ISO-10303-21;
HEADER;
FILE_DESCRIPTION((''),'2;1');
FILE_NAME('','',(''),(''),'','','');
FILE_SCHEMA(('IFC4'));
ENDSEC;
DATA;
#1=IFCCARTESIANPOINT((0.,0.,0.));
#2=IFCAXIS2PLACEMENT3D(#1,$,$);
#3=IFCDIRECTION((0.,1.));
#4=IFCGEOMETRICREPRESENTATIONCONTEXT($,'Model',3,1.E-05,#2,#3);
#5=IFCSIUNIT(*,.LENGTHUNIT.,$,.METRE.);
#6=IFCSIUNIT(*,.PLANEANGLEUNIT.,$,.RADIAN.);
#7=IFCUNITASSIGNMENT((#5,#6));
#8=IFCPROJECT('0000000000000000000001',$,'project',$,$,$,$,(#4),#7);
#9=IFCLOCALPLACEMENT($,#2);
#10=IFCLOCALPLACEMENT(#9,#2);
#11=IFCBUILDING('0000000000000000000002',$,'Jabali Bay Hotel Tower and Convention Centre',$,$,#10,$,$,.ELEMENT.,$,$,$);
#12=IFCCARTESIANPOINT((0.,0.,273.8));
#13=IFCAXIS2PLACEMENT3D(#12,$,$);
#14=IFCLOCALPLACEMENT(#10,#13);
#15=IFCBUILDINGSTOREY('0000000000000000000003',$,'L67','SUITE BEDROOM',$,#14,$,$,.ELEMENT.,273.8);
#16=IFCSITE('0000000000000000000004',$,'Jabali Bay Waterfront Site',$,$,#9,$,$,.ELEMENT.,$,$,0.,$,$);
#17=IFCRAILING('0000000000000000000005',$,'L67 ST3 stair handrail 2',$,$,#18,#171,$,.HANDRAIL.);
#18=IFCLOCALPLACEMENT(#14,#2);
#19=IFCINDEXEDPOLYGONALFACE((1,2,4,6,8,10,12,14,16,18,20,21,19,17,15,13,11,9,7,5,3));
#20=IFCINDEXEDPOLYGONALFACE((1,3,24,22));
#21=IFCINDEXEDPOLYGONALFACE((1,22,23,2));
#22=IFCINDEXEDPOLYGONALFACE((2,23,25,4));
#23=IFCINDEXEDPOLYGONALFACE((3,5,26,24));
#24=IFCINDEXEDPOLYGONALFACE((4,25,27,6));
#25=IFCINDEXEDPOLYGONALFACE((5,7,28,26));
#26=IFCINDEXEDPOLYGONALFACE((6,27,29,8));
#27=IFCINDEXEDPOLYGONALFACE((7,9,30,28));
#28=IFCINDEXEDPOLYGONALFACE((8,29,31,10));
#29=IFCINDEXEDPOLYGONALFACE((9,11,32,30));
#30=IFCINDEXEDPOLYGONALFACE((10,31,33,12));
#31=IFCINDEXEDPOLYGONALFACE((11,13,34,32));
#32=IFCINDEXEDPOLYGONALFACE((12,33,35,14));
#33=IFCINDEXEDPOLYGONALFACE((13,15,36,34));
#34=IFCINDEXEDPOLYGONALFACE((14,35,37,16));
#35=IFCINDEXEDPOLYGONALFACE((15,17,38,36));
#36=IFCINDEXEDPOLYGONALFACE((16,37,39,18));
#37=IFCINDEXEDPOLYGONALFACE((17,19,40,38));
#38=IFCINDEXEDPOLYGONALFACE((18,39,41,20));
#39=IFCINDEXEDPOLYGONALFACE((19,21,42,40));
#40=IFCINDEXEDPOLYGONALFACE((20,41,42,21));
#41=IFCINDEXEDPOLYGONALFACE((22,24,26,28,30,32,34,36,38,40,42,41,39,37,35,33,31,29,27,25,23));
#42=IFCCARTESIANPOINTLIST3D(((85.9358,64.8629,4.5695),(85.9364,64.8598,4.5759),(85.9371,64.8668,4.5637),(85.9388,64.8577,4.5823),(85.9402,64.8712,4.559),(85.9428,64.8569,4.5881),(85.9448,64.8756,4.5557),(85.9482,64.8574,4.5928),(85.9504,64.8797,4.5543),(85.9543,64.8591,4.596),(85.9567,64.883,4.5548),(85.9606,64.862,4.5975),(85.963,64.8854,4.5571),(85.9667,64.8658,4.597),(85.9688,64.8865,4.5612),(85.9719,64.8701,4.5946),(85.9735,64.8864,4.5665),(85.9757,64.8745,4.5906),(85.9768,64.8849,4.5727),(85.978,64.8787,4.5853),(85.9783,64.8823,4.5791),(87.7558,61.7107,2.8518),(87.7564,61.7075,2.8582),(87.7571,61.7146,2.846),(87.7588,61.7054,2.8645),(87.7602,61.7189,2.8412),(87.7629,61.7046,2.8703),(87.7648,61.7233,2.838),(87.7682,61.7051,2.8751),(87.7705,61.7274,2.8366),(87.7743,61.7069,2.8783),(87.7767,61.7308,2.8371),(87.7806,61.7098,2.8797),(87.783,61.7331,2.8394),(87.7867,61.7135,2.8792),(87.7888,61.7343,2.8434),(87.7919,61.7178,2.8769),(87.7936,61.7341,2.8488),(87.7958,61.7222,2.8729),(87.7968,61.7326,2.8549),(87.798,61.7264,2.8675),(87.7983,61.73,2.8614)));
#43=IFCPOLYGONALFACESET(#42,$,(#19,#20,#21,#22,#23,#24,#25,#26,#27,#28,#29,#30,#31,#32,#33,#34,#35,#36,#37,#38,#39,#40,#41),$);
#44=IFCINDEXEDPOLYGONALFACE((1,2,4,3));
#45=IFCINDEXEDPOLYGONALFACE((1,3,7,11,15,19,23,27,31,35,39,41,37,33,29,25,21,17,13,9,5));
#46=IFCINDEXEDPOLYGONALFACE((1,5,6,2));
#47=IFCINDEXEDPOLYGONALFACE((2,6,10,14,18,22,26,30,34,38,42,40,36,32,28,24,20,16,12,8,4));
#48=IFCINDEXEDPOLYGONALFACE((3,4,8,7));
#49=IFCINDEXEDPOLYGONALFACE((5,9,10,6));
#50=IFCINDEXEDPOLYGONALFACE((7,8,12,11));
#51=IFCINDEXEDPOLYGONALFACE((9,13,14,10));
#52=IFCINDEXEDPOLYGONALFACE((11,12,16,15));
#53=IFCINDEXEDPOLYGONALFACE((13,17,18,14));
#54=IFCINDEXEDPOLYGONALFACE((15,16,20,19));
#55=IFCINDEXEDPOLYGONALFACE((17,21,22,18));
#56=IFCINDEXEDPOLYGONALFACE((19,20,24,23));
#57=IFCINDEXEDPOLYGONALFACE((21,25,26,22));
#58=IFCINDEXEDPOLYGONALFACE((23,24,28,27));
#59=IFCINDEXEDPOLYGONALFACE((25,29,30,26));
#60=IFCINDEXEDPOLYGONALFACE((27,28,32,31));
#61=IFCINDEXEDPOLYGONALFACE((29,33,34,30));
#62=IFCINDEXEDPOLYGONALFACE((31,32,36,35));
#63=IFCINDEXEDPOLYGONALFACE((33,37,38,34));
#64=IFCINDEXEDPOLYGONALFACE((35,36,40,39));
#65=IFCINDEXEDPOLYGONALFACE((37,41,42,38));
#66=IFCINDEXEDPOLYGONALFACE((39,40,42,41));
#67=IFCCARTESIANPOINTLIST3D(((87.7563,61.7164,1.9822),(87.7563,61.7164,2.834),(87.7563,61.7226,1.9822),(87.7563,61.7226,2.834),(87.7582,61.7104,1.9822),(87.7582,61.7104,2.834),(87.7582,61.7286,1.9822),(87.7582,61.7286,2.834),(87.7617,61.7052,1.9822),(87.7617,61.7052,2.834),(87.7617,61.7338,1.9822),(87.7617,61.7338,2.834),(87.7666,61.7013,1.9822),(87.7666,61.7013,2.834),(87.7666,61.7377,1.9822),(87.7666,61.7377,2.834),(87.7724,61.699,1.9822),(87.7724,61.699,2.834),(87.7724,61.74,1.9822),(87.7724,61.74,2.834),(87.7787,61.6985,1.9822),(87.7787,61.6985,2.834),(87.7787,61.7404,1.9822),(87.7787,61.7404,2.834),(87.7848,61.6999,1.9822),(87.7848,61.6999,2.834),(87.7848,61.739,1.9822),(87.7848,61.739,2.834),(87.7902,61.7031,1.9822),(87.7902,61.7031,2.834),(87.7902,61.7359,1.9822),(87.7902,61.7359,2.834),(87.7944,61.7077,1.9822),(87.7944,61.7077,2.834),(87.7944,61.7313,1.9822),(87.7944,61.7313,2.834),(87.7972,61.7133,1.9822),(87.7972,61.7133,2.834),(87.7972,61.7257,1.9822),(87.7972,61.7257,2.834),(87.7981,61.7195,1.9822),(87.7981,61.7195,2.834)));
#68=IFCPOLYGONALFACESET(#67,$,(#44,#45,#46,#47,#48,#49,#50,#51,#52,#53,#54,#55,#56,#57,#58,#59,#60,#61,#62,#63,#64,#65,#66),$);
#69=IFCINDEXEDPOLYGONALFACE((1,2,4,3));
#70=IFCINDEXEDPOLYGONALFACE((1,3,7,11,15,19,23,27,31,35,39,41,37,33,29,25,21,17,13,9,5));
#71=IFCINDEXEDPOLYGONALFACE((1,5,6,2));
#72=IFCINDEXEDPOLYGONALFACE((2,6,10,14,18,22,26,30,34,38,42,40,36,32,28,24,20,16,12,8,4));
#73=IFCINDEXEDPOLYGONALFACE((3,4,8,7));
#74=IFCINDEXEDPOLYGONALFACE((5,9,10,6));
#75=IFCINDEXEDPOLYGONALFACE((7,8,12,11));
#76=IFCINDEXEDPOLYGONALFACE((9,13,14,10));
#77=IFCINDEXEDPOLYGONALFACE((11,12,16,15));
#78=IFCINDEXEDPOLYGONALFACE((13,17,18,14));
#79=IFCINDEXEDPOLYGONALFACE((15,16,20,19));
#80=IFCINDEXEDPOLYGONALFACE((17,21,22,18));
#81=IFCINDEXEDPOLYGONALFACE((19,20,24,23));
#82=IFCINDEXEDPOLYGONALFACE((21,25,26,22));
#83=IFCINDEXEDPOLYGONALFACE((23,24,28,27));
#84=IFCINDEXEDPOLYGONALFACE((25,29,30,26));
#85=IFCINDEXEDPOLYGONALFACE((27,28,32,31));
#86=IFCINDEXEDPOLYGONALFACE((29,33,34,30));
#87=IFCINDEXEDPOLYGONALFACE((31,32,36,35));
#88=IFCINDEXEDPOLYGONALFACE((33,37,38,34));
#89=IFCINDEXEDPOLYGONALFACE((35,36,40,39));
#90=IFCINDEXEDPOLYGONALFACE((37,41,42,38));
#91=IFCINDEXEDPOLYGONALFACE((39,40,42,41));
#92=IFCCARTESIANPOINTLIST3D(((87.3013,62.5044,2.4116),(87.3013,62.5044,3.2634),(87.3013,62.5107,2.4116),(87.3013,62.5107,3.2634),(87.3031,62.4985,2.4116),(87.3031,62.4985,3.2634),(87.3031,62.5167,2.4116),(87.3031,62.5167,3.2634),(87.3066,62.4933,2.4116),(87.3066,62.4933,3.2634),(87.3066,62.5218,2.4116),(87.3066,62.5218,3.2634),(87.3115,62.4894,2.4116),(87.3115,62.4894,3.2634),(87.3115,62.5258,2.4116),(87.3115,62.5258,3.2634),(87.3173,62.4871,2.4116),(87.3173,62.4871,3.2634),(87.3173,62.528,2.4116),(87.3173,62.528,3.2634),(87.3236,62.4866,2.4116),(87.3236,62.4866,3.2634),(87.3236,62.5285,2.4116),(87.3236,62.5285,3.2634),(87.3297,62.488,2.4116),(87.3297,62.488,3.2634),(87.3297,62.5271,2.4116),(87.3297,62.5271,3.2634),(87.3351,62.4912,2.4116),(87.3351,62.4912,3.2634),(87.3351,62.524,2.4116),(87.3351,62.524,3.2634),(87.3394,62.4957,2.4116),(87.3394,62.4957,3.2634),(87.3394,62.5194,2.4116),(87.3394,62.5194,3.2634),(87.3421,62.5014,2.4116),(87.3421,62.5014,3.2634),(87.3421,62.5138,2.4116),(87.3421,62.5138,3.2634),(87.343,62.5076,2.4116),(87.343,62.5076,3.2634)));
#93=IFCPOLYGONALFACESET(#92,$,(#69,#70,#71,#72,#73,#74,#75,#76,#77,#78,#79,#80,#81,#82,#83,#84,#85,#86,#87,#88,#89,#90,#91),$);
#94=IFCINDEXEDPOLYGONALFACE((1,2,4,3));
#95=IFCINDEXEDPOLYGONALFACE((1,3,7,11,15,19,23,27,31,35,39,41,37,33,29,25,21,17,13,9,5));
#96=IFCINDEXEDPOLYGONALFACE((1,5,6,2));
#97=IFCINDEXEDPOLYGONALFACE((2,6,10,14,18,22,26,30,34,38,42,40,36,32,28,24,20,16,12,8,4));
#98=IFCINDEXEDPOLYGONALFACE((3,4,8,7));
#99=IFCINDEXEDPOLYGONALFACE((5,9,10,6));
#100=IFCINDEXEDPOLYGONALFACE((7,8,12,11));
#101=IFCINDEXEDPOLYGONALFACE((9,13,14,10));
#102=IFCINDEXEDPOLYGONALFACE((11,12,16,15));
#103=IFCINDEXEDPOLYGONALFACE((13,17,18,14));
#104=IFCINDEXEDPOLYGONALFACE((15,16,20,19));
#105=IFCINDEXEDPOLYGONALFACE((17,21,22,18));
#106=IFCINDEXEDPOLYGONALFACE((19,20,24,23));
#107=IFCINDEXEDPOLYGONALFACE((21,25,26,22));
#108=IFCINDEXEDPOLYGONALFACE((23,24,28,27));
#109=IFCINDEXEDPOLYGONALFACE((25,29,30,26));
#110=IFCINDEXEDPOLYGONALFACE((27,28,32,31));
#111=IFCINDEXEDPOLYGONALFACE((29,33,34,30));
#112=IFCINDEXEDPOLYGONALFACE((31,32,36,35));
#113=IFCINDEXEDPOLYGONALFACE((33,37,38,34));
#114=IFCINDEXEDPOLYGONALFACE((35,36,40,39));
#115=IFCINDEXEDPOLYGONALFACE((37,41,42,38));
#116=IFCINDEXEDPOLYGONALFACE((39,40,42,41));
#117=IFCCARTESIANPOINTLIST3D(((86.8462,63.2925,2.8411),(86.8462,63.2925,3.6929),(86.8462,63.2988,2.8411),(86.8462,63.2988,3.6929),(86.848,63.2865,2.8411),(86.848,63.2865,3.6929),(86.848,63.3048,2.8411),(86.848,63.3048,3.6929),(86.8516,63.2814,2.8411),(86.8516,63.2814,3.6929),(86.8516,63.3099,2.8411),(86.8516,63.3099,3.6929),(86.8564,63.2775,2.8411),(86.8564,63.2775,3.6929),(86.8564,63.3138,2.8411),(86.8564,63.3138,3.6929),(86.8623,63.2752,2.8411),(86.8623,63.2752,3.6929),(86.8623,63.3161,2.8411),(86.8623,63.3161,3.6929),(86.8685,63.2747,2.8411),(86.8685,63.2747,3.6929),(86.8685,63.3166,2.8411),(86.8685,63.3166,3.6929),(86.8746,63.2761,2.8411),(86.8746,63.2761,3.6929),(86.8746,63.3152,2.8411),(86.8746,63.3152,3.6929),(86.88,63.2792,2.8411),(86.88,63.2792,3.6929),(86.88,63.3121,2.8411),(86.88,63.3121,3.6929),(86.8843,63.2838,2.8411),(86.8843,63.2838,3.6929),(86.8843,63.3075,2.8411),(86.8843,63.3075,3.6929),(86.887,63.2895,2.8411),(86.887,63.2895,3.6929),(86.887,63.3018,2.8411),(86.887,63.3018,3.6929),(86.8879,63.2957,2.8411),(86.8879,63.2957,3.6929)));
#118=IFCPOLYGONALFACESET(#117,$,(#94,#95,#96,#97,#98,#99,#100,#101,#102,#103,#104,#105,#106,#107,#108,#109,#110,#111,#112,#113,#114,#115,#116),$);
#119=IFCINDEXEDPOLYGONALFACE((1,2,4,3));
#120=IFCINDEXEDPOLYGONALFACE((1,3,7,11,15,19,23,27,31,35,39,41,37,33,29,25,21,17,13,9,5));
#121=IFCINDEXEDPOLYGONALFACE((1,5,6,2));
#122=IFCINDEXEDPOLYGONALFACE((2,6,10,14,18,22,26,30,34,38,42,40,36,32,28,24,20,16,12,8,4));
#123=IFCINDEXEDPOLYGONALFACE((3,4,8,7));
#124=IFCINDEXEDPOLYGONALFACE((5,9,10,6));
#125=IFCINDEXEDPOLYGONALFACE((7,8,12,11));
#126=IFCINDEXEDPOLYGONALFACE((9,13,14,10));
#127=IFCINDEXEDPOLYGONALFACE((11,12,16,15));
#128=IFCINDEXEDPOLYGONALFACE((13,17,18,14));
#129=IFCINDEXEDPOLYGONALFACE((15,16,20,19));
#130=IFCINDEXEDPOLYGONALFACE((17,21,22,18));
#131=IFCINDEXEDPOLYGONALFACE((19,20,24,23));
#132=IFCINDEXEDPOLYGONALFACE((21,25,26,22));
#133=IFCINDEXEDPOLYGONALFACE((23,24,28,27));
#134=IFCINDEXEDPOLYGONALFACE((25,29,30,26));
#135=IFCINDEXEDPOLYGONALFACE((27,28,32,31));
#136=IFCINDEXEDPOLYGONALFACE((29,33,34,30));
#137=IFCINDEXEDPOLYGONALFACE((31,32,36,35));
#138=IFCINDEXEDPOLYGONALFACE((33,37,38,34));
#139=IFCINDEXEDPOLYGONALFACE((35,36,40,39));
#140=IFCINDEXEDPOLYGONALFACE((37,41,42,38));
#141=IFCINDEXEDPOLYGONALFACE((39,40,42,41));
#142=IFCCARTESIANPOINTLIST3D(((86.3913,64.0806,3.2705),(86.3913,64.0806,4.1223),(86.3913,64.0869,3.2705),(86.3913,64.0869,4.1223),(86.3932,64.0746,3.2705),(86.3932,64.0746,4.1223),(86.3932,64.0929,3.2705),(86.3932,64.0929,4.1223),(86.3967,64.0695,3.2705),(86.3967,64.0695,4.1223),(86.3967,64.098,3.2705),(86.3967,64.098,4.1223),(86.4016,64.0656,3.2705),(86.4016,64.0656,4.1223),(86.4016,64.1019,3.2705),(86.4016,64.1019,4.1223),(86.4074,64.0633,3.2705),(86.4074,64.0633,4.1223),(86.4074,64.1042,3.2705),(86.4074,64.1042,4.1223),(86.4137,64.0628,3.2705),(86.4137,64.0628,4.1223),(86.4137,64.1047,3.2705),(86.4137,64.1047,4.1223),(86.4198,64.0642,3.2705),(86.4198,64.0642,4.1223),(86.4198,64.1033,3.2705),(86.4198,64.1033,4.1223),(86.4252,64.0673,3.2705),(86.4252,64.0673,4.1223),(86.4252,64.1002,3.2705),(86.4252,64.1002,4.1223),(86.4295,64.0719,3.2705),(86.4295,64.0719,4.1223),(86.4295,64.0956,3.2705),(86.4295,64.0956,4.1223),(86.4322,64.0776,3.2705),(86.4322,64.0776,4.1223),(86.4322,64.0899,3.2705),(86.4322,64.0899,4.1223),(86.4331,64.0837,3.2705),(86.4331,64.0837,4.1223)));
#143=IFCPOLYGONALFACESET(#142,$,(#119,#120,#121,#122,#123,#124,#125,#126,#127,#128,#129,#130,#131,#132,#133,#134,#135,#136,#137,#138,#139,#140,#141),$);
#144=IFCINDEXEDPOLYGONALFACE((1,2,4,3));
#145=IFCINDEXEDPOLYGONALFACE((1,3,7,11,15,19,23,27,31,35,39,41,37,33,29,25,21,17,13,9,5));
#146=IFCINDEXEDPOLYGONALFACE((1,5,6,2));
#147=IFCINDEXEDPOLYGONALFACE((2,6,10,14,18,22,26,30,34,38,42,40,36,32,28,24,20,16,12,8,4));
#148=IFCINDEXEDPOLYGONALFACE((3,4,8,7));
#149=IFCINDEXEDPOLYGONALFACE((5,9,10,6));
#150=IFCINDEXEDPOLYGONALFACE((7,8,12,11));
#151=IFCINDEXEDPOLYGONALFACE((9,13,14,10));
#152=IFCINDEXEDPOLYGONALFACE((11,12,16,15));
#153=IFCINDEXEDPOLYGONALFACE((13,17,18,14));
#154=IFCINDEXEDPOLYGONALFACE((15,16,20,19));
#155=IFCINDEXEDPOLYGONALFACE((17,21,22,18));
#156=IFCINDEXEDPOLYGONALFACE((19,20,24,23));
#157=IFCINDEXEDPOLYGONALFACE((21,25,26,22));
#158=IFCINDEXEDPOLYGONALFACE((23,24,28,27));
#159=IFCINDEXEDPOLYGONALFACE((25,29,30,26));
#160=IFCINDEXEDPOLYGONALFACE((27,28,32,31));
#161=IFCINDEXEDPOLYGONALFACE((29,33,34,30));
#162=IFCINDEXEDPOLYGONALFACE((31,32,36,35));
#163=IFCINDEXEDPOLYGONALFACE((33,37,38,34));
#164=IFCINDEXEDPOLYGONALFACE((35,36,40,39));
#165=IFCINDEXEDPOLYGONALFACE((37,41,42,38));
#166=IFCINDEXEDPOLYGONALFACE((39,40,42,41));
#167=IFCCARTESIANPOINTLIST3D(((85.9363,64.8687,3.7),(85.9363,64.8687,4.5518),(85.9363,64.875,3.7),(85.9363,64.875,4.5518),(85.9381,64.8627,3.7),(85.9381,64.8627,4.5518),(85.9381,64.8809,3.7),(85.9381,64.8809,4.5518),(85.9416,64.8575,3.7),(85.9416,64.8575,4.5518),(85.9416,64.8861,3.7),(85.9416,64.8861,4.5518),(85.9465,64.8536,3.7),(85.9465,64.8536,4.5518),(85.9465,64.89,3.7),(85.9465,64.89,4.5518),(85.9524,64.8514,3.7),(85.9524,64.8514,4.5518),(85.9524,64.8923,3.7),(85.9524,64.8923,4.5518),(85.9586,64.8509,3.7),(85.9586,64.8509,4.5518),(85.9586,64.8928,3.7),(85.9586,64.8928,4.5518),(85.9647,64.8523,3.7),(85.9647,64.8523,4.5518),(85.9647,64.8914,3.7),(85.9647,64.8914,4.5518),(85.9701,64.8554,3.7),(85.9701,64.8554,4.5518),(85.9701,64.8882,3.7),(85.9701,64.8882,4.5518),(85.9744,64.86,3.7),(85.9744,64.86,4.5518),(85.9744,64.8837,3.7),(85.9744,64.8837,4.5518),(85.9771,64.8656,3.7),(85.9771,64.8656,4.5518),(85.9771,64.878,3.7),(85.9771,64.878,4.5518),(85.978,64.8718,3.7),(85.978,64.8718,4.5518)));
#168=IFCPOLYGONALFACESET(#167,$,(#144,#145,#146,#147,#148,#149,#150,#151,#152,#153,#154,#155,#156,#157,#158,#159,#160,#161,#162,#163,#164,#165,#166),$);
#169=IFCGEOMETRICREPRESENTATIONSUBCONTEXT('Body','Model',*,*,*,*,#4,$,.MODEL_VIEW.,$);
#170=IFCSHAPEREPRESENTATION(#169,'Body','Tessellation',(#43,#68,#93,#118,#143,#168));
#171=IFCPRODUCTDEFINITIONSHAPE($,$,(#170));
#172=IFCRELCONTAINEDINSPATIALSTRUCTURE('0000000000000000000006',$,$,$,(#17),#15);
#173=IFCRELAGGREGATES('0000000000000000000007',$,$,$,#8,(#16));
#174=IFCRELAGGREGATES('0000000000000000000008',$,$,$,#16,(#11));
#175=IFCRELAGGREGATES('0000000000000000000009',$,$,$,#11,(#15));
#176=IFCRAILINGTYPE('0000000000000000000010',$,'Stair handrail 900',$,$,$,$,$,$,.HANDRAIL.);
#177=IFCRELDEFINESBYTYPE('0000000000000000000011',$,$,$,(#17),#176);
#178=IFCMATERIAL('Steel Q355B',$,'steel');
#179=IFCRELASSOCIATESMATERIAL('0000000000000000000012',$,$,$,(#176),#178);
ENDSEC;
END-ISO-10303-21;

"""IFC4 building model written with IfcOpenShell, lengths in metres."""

from ifc_helpers import new_model, si_unit, direction, frame, origin, origin_2d, place, context, subcontext, project, spatial, circle, extrude, material, type_object, element, save


model = new_model("IFC4")

# Units and contexts
model_context = context("Model", 3, precision=1e-05, world=origin(), true_north=direction((0.0, 1.0)))
body_context = subcontext(model_context, "Body", "Model", "MODEL_VIEW")
ifc_project = project(units=[si_unit("LENGTHUNIT", "METRE"), si_unit("PLANEANGLEUNIT", "RADIAN")], contexts=[model_context])

# Site, building, storey
site_placement = place(None, origin())
site = spatial("IfcSite", under=ifc_project, at=site_placement, Name="Jabali Bay Waterfront Site", CompositionType="ELEMENT", RefElevation=0.0)
building_placement = place(site_placement, origin())
building = spatial("IfcBuilding", under=site, at=building_placement, Name="Jabali Bay Hotel Tower and Convention Centre", CompositionType="ELEMENT")
storey_placement = place(building_placement, frame((0.0, 0.0, 273.8)))
storey = spatial("IfcBuildingStorey", under=building, at=storey_placement, Name="L67", Description="SUITE BEDROOM", CompositionType="ELEMENT", Elevation=273.8)

# Railing
ifc_material_1 = material(Name="Steel Q355B", Category="steel")
railing_type_1 = type_object("IfcRailingType", Name="Stair handrail 900", PredefinedType="HANDRAIL", material=ifc_material_1)
railing_1_placement = place(storey_placement, frame((87.7771, 61.7195, 1.9822)))
element("IfcRailing", 1, at=railing_1_placement, inside=storey, type_object=railing_type_1, Name="L67 ST3 stair handrail 2", PredefinedType="HANDRAIL", context=body_context, shape_type="SweptSolid", body=[
    extrude(circle(Radius=0.0239, at=origin_2d()), frame((0.0, 0.0, 0.876), z_axis=(-0.45219, 0.78319, 0.426775), x_axis=(-0.866018, -0.500013, 0.0)), (0.0, 0.0, 1.0), 4.0249),
    extrude(circle(Radius=0.021, at=origin_2d()), origin(), (0.0, 0.0, 1.0), 0.8518),
    extrude(circle(Radius=0.021, at=origin_2d()), frame((-0.4551, 0.7881, 0.4294)), (0.0, 0.0, 1.0), 0.8518),
    extrude(circle(Radius=0.021, at=origin_2d()), frame((-0.9102, 1.5762, 0.8589)), (0.0, 0.0, 1.0), 0.8518),
    extrude(circle(Radius=0.021, at=origin_2d()), frame((-1.365, 2.3643, 1.2883)), (0.0, 0.0, 1.0), 0.8518),
    extrude(circle(Radius=0.021, at=origin_2d()), frame((-1.8201, 3.1523, 1.7178)), (0.0, 0.0, 1.0), 0.8518),
])

save(model, "model.ifc")
